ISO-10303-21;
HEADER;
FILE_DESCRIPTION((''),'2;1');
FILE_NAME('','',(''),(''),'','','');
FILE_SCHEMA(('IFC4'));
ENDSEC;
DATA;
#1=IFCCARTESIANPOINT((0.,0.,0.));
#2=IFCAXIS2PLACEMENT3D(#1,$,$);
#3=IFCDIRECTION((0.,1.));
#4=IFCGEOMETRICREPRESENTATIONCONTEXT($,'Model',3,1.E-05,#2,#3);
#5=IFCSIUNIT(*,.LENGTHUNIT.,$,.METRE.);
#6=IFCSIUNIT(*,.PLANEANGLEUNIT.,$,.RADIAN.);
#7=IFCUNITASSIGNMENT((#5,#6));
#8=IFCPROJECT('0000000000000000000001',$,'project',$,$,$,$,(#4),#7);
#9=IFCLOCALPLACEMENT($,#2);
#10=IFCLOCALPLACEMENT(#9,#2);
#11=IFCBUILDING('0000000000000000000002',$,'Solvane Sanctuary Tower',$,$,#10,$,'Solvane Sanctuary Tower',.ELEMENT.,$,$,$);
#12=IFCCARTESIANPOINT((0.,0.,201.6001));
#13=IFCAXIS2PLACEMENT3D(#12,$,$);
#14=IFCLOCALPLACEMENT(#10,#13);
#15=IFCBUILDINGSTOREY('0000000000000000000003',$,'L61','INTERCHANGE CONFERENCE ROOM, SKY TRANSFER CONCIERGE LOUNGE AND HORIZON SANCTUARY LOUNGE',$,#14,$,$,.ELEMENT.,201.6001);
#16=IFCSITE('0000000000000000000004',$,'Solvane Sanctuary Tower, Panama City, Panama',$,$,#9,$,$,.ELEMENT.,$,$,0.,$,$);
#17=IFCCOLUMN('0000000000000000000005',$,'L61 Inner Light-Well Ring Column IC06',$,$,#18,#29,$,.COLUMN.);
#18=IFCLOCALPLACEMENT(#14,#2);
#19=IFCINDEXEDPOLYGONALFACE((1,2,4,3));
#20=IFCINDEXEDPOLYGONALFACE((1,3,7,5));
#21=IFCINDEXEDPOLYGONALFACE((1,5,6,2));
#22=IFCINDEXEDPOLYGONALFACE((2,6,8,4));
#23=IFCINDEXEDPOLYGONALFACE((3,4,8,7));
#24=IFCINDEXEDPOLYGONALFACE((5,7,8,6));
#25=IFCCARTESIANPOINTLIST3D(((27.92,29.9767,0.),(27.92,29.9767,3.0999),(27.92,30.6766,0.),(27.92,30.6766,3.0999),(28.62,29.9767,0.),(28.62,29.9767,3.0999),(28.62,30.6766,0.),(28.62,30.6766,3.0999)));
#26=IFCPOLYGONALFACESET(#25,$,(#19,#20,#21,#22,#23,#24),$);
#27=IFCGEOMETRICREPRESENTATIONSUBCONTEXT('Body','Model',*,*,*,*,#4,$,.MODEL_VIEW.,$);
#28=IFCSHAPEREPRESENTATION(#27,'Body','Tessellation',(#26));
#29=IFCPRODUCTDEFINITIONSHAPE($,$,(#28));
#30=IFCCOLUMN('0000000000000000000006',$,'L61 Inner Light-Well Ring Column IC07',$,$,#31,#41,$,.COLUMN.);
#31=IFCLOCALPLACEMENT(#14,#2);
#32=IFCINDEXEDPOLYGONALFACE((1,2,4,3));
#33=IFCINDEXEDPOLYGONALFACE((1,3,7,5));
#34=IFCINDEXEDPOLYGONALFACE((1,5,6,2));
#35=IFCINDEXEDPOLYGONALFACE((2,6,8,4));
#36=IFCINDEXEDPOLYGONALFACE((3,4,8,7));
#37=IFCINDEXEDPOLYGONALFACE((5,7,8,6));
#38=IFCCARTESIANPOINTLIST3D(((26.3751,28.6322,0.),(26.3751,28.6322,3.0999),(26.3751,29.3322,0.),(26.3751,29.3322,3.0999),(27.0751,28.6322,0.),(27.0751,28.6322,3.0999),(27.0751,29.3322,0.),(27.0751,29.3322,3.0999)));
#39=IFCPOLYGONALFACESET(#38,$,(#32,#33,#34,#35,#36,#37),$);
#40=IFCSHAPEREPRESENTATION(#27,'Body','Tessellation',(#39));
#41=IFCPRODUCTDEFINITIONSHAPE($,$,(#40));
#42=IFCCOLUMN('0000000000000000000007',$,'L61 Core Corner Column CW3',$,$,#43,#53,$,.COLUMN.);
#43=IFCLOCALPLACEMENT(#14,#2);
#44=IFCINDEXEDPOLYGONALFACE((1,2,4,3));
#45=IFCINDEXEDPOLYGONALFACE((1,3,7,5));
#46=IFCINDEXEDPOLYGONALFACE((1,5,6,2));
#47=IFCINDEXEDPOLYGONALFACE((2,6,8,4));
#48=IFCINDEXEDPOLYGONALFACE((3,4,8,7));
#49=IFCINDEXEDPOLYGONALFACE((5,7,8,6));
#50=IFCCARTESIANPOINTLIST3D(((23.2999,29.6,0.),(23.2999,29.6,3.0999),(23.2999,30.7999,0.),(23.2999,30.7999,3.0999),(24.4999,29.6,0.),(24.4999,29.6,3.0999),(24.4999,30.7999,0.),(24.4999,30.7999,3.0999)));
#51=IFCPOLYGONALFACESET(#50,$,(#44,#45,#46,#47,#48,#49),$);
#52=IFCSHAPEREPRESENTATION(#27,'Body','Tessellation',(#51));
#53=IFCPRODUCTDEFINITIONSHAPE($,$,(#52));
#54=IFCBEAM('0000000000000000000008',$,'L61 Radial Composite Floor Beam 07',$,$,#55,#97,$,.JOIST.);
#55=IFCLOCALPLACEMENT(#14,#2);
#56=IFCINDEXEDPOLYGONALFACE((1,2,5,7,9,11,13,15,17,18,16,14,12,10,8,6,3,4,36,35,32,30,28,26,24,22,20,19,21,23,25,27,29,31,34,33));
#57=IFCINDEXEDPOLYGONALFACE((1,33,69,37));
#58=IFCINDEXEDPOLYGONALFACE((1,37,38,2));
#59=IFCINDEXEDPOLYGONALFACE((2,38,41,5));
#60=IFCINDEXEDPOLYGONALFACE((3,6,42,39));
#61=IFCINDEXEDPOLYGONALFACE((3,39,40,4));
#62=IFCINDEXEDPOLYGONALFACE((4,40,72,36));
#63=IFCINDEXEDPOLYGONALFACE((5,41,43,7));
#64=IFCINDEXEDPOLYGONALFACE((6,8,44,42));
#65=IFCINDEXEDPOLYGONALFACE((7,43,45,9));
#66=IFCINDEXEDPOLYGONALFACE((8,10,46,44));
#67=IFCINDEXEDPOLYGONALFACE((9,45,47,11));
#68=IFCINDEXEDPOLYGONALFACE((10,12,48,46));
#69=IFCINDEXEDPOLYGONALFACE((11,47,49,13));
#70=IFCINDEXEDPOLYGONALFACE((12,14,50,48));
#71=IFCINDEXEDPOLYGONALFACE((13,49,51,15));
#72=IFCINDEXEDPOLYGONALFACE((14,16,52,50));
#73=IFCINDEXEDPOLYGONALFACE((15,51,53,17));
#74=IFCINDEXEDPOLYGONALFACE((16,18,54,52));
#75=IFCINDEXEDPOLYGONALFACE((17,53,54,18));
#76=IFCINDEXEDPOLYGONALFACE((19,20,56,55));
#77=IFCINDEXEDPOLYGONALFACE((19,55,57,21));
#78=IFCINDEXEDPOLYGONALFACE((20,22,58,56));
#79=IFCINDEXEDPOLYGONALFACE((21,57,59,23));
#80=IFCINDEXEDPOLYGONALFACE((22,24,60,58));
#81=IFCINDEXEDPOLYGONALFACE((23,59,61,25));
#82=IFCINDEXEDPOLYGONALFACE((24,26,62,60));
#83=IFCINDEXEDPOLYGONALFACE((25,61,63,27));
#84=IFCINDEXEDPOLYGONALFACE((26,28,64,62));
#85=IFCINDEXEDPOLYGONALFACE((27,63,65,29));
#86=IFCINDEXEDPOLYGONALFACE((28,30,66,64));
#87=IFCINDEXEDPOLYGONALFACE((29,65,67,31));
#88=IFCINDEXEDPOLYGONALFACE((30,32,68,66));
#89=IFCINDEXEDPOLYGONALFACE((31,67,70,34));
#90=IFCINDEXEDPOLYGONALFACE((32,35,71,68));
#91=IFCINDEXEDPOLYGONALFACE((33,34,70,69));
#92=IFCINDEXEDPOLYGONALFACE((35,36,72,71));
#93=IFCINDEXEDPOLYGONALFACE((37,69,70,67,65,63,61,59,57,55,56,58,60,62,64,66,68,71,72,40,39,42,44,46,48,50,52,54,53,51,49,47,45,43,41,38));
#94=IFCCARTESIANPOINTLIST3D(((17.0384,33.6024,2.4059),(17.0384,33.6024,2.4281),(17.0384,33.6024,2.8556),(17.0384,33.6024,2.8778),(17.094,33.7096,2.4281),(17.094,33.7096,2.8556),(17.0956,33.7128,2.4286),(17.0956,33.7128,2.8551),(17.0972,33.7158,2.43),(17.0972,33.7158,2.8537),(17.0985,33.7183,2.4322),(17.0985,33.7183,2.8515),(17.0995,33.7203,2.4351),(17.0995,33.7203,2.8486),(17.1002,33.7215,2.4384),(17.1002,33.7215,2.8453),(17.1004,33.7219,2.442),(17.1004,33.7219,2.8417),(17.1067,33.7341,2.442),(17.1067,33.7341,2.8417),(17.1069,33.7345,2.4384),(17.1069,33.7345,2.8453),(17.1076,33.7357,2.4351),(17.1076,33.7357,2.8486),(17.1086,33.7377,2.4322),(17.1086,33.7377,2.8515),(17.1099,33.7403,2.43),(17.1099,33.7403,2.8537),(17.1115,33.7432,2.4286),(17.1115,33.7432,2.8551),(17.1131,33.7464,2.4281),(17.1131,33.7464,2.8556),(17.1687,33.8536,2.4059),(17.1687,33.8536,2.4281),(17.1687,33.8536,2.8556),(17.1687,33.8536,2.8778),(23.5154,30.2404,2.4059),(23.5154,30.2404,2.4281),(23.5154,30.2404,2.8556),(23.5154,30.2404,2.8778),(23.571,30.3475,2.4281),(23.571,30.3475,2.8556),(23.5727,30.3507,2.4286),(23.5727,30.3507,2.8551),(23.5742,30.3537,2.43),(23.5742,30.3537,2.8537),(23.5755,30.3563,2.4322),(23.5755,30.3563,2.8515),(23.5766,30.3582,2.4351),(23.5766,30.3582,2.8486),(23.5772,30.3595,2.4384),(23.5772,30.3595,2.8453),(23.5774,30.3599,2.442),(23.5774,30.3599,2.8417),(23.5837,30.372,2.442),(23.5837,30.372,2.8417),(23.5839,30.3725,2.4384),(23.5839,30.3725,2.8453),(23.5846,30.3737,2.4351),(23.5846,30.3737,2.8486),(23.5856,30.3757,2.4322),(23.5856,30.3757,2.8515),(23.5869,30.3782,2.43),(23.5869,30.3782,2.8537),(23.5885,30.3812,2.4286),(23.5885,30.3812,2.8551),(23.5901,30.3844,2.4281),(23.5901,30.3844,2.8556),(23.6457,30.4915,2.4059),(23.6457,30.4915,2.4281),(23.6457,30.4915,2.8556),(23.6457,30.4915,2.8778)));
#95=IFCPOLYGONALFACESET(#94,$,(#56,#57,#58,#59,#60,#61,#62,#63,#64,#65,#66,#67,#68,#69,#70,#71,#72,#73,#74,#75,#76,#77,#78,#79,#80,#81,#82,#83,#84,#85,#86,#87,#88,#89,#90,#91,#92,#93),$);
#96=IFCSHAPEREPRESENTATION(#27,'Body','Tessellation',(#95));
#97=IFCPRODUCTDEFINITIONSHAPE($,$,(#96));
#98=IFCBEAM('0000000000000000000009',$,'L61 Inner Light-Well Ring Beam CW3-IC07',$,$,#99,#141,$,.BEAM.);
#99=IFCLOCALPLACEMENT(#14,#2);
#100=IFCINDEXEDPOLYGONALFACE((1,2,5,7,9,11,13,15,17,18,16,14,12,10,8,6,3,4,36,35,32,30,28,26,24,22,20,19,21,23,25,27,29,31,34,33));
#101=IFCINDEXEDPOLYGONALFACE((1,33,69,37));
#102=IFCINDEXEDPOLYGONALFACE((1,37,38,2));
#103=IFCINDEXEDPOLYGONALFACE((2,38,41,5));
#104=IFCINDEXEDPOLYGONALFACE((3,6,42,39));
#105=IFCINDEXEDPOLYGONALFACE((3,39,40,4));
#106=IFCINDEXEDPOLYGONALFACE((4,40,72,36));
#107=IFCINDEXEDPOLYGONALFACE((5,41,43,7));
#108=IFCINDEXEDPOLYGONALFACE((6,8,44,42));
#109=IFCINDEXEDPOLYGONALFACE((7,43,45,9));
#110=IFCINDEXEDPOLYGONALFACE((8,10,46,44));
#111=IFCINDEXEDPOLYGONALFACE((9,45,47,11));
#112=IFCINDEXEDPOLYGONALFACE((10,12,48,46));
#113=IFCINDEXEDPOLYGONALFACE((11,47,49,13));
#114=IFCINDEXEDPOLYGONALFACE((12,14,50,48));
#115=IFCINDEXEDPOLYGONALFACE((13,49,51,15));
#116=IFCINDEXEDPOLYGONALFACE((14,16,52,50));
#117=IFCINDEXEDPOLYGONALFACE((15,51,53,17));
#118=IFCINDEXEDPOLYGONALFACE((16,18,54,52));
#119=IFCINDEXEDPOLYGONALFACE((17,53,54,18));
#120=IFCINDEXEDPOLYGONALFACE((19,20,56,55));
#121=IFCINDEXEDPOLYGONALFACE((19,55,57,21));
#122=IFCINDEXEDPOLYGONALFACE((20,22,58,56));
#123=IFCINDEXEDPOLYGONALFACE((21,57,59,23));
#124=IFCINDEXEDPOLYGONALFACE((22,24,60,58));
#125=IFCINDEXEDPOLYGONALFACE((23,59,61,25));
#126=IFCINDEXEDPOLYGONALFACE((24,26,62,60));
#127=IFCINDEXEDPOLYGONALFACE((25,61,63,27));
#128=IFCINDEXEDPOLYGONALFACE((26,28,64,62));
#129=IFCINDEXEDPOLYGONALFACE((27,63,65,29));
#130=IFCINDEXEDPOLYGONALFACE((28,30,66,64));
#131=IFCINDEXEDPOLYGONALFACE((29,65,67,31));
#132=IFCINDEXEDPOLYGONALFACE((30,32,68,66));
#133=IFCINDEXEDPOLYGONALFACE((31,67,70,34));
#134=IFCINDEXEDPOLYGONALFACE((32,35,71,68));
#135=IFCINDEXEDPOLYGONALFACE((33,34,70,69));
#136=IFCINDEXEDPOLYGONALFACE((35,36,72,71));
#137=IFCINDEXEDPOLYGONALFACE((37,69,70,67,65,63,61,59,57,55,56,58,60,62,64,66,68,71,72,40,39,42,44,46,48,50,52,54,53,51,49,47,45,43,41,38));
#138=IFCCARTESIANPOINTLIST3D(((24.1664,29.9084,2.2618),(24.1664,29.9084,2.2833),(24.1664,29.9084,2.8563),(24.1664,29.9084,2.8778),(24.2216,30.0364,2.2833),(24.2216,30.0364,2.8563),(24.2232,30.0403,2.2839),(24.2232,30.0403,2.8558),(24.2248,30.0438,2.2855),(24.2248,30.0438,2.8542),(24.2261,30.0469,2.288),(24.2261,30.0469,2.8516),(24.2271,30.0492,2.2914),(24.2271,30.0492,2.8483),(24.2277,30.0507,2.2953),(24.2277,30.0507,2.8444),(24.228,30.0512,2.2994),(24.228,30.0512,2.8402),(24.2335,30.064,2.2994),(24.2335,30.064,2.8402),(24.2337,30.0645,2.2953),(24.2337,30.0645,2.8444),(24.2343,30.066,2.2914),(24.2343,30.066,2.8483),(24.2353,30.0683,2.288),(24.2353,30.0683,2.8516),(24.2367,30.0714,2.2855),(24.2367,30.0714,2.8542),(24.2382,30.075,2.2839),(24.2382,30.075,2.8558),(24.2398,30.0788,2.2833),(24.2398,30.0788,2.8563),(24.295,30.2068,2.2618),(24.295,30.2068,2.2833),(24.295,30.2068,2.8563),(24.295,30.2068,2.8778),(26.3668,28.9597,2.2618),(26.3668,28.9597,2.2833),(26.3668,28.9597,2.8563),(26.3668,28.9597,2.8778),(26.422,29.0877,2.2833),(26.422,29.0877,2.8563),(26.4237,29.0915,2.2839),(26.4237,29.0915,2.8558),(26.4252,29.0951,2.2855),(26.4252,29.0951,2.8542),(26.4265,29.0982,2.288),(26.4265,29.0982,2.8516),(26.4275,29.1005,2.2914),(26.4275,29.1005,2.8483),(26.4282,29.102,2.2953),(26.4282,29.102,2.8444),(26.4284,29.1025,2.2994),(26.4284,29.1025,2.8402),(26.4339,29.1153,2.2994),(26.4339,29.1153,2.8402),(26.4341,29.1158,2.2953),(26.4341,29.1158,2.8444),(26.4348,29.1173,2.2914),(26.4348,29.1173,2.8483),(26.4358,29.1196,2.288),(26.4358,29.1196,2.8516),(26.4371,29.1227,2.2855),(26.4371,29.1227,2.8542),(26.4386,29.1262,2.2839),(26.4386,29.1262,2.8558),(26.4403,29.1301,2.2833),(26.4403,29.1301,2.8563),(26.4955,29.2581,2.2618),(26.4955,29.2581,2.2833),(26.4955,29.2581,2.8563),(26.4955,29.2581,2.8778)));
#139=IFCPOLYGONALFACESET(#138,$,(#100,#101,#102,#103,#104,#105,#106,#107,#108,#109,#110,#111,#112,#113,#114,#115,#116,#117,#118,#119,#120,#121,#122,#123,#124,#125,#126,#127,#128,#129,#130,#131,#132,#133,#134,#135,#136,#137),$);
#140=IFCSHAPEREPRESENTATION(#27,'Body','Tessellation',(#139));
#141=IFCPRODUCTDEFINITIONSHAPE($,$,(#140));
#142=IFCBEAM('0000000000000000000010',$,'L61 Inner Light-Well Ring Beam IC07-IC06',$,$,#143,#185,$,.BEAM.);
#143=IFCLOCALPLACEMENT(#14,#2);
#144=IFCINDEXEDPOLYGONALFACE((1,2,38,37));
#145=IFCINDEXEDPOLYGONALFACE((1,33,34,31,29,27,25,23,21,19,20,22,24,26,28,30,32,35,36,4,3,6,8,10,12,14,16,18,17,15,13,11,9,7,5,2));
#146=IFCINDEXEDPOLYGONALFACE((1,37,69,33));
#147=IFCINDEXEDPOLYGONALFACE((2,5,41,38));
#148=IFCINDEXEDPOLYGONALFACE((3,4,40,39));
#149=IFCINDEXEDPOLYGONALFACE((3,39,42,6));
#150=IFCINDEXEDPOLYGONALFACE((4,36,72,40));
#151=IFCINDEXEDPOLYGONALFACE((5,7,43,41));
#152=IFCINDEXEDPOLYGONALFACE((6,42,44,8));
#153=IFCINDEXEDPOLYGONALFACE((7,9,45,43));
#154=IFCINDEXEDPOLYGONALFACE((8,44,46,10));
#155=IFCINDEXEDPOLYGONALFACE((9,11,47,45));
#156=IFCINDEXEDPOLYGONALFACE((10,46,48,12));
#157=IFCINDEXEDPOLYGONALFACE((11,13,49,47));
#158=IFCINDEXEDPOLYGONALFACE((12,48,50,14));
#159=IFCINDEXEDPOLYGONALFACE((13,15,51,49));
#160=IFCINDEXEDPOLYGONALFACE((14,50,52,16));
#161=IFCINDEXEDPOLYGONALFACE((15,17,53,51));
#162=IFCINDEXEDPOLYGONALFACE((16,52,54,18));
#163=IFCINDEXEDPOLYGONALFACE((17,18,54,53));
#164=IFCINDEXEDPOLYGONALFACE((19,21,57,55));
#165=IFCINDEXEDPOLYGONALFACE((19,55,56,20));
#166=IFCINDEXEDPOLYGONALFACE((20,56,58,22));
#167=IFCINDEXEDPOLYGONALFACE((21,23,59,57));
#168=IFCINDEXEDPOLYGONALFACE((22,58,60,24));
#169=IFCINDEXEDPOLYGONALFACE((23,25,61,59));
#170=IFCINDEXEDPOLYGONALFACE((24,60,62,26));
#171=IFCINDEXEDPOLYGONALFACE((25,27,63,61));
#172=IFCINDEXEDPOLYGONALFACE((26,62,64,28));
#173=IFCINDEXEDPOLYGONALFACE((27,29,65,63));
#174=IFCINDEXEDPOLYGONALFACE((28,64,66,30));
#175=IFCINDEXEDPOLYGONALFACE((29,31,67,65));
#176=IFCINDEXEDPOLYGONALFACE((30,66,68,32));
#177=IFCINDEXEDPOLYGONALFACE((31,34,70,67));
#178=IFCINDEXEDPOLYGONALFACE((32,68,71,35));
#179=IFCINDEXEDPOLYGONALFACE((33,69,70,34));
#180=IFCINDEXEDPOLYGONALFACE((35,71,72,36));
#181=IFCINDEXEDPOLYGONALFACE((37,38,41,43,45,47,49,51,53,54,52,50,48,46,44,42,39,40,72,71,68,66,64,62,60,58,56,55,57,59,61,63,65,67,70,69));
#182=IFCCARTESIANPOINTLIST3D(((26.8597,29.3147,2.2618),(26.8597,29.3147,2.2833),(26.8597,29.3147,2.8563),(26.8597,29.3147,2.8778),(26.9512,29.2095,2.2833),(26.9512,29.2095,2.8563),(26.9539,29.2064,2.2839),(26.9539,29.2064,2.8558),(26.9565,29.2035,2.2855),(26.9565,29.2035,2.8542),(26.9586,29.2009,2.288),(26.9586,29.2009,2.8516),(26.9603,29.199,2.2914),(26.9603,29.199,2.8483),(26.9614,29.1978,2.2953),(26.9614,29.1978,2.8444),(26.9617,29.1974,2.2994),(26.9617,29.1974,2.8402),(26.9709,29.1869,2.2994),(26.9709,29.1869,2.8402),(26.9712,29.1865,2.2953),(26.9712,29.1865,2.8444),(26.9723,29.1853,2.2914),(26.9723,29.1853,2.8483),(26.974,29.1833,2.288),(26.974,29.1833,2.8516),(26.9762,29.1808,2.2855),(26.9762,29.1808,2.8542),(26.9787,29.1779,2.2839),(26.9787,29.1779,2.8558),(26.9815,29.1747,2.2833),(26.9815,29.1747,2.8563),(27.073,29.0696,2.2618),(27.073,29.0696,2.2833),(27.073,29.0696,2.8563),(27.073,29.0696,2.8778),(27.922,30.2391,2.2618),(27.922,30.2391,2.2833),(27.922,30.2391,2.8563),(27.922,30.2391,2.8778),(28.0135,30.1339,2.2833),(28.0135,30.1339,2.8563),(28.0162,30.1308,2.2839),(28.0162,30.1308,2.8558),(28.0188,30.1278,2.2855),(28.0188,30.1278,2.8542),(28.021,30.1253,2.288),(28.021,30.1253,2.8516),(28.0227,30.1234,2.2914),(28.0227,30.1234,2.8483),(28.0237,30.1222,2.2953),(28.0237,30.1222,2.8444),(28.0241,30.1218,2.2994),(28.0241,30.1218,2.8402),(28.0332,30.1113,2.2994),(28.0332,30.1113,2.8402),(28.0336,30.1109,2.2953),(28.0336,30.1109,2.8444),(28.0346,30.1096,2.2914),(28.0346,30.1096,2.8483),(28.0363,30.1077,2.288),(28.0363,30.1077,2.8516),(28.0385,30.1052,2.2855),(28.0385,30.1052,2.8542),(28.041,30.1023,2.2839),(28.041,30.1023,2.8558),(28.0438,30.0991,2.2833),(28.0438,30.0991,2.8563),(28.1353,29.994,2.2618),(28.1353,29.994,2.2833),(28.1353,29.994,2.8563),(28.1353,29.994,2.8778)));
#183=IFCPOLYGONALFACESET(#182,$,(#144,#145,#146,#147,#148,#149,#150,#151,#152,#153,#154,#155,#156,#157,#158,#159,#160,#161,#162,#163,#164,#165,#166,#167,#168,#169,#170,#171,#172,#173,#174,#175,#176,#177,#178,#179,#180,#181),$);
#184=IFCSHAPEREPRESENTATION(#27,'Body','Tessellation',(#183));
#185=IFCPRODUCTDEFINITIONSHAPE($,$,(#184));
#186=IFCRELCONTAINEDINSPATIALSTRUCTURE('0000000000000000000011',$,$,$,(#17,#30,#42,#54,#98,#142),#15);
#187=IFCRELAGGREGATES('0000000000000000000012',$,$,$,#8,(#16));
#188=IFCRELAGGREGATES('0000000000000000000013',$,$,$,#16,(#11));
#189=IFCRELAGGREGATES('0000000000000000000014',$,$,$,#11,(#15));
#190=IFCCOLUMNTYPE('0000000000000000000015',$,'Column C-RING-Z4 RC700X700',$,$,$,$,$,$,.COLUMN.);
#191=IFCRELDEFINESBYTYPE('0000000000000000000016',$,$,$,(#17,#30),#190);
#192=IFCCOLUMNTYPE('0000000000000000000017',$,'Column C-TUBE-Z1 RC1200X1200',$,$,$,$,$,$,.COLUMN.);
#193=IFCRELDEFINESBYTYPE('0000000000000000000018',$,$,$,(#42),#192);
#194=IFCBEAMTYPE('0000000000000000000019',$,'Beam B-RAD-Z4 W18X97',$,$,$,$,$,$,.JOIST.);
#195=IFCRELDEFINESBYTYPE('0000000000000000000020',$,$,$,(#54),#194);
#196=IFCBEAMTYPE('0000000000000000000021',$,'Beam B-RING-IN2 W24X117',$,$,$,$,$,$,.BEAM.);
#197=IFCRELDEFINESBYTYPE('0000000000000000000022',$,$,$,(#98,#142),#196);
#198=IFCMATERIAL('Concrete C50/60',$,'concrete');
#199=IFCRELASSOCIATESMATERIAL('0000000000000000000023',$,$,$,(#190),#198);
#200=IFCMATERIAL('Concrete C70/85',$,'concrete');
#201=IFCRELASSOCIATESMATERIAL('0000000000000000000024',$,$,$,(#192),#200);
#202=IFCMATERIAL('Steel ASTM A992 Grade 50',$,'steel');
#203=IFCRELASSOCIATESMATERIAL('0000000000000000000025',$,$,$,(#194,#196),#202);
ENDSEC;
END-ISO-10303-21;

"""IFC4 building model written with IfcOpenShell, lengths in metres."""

from ifc_helpers import new_model, si_unit, direction, frame, origin, origin_2d, place, context, subcontext, project, spatial, rectangle, i_section, extrude, material, material_profile, profile_set, type_object, element, save


model = new_model("IFC4")

# Units and contexts
model_context = context("Model", 3, precision=1e-05, world=origin(), true_north=direction((0.0, 1.0)))
body_context = subcontext(model_context, "Body", "Model", "MODEL_VIEW")
ifc_project = project(units=[si_unit("LENGTHUNIT", "METRE"), si_unit("PLANEANGLEUNIT", "RADIAN")], contexts=[model_context])

# Site, building, storey
site_placement = place(None, origin())
site = spatial("IfcSite", under=ifc_project, at=site_placement, Name="Solvane Sanctuary Tower, Panama City, Panama", CompositionType="ELEMENT", RefElevation=0.0)
building_placement = place(site_placement, origin())
building = spatial("IfcBuilding", under=site, at=building_placement, Name="Solvane Sanctuary Tower", LongName="Solvane Sanctuary Tower", CompositionType="ELEMENT")
storey_placement = place(building_placement, frame((0.0, 0.0, 201.6001)))
storey = spatial("IfcBuildingStorey", under=building, at=storey_placement, Name="L61", Description="INTERCHANGE CONFERENCE ROOM, SKY TRANSFER CONCIERGE LOUNGE AND HORIZON SANCTUARY LOUNGE", CompositionType="ELEMENT", Elevation=201.6001)

# Columns
ifc_material_1 = material(Name="Concrete C50/60", Category="concrete")
ifc_material_profile_1 = material_profile(ifc_material_1, rectangle(XDim=0.7, YDim=0.7, at=origin_2d()), Name="RC700X700")
ifc_profile_set_1 = profile_set([ifc_material_profile_1], Name="Concrete C50/60")
column_type_1 = type_object("IfcColumnType", Name="Column C-RING-Z4 RC700X700", PredefinedType="COLUMN", material=ifc_profile_set_1)
for number, where, z_axis, x_axis, name in (
    (1, (28.27, 30.3267, 0.0), (0.0, 0.0, 1.0), (1.0, 0.0, 0.0), "L61 Inner Light-Well Ring Column IC06"),
    (2, (26.7251, 28.9822, 0.0), (0.0, 0.0, 1.0), (1.0, 0.0, 0.0), "L61 Inner Light-Well Ring Column IC07"),
):
    element("IfcColumn", number, at=place(storey_placement, frame(where, z_axis=z_axis, x_axis=x_axis)), inside=storey, type_object=column_type_1, Name=name, PredefinedType="COLUMN", context=body_context, shape_type="SweptSolid", body=[
        extrude(rectangle(XDim=0.7, YDim=0.7, at=origin_2d()), origin(), (0.0, 0.0, 1.0), 3.0999),
    ])
ifc_material_2 = material(Name="Concrete C70/85", Category="concrete")
ifc_material_profile_2 = material_profile(ifc_material_2, rectangle(XDim=1.2, YDim=1.2, at=origin_2d()), Name="RC1200X1200")
ifc_profile_set_2 = profile_set([ifc_material_profile_2], Name="Concrete C70/85")
column_type_2 = type_object("IfcColumnType", Name="Column C-TUBE-Z1 RC1200X1200", PredefinedType="COLUMN", material=ifc_profile_set_2)
column_placement = place(storey_placement, frame((23.8999, 30.2, 0.0), z_axis=(0.0, 0.0, 1.0), x_axis=(1.0, 0.0, 0.0)))
element("IfcColumn", 3, at=column_placement, inside=storey, type_object=column_type_2, Name="L61 Core Corner Column CW3", PredefinedType="COLUMN", context=body_context, shape_type="SweptSolid", body=[
    extrude(rectangle(XDim=1.2, YDim=1.2, at=origin_2d()), origin(), (0.0, 0.0, 1.0), 3.0999),
])

# Beams
ifc_material_3 = material(Name="Steel ASTM A992 Grade 50", Category="steel")
ifc_material_profile_3 = material_profile(ifc_material_3, i_section(OverallWidth=0.283, OverallDepth=0.4719, WebThickness=0.0137, FlangeThickness=0.0222, FilletRadius=0.0139, at=origin_2d()), Name="W18X97")
ifc_profile_set_3 = profile_set([ifc_material_profile_3], Name="Steel ASTM A992 Grade 50")
beam_type_1 = type_object("IfcBeamType", Name="Beam B-RAD-Z4 W18X97", PredefinedType="JOIST", material=ifc_profile_set_3)
beam_1_placement = place(storey_placement, frame((23.5806, 30.366, 2.6418), z_axis=(-0.887553, 0.460705, 0.0), x_axis=(-0.460705, -0.887553, 0.0)))
element("IfcBeam", 4, at=beam_1_placement, inside=storey, type_object=beam_type_1, Name="L61 Radial Composite Floor Beam 07", PredefinedType="JOIST", context=body_context, shape_type="SweptSolid", body=[
    extrude(i_section(OverallWidth=0.283, OverallDepth=0.4719, WebThickness=0.0137, FlangeThickness=0.0222, FilletRadius=0.0139, at=origin_2d()), origin(), (0.0, 0.0, 1.0), 7.2976),
])
ifc_material_profile_4 = material_profile(ifc_material_3, i_section(OverallWidth=0.325, OverallDepth=0.616, WebThickness=0.0139, FlangeThickness=0.0215, FilletRadius=0.0161, at=origin_2d()), Name="W24X117")
ifc_profile_set_4 = profile_set([ifc_material_profile_4], Name="Steel ASTM A992 Grade 50")
beam_type_2 = type_object("IfcBeamType", Name="Beam B-RING-IN2 W24X117", PredefinedType="BEAM", material=ifc_profile_set_4)
beam_2_placement = place(storey_placement, frame((24.2307, 30.0576, 2.5698), z_axis=(0.918284, -0.395923, 0.0), x_axis=(0.395923, 0.918284, 0.0)))
element("IfcBeam", 5, at=beam_2_placement, inside=storey, type_object=beam_type_2, Name="L61 Inner Light-Well Ring Beam CW3-IC07", PredefinedType="BEAM", context=body_context, shape_type="SweptSolid", body=[
    extrude(i_section(OverallWidth=0.325, OverallDepth=0.616, WebThickness=0.0139, FlangeThickness=0.0215, FilletRadius=0.0161, at=origin_2d()), origin(), (0.0, 0.0, 1.0), 2.3962),
])
beam_3_placement = place(storey_placement, frame((26.9663, 29.1921, 2.5698), z_axis=(0.754389, 0.656428, 0.0), x_axis=(-0.656428, 0.754389, 0.0)))
element("IfcBeam", 6, at=beam_3_placement, inside=storey, type_object=beam_type_2, Name="L61 Inner Light-Well Ring Beam IC07-IC06", PredefinedType="BEAM", context=body_context, shape_type="SweptSolid", body=[
    extrude(i_section(OverallWidth=0.325, OverallDepth=0.616, WebThickness=0.0139, FlangeThickness=0.0215, FilletRadius=0.0161, at=origin_2d()), origin(), (0.0, 0.0, 1.0), 1.4082),
])

save(model, "model.ifc")
